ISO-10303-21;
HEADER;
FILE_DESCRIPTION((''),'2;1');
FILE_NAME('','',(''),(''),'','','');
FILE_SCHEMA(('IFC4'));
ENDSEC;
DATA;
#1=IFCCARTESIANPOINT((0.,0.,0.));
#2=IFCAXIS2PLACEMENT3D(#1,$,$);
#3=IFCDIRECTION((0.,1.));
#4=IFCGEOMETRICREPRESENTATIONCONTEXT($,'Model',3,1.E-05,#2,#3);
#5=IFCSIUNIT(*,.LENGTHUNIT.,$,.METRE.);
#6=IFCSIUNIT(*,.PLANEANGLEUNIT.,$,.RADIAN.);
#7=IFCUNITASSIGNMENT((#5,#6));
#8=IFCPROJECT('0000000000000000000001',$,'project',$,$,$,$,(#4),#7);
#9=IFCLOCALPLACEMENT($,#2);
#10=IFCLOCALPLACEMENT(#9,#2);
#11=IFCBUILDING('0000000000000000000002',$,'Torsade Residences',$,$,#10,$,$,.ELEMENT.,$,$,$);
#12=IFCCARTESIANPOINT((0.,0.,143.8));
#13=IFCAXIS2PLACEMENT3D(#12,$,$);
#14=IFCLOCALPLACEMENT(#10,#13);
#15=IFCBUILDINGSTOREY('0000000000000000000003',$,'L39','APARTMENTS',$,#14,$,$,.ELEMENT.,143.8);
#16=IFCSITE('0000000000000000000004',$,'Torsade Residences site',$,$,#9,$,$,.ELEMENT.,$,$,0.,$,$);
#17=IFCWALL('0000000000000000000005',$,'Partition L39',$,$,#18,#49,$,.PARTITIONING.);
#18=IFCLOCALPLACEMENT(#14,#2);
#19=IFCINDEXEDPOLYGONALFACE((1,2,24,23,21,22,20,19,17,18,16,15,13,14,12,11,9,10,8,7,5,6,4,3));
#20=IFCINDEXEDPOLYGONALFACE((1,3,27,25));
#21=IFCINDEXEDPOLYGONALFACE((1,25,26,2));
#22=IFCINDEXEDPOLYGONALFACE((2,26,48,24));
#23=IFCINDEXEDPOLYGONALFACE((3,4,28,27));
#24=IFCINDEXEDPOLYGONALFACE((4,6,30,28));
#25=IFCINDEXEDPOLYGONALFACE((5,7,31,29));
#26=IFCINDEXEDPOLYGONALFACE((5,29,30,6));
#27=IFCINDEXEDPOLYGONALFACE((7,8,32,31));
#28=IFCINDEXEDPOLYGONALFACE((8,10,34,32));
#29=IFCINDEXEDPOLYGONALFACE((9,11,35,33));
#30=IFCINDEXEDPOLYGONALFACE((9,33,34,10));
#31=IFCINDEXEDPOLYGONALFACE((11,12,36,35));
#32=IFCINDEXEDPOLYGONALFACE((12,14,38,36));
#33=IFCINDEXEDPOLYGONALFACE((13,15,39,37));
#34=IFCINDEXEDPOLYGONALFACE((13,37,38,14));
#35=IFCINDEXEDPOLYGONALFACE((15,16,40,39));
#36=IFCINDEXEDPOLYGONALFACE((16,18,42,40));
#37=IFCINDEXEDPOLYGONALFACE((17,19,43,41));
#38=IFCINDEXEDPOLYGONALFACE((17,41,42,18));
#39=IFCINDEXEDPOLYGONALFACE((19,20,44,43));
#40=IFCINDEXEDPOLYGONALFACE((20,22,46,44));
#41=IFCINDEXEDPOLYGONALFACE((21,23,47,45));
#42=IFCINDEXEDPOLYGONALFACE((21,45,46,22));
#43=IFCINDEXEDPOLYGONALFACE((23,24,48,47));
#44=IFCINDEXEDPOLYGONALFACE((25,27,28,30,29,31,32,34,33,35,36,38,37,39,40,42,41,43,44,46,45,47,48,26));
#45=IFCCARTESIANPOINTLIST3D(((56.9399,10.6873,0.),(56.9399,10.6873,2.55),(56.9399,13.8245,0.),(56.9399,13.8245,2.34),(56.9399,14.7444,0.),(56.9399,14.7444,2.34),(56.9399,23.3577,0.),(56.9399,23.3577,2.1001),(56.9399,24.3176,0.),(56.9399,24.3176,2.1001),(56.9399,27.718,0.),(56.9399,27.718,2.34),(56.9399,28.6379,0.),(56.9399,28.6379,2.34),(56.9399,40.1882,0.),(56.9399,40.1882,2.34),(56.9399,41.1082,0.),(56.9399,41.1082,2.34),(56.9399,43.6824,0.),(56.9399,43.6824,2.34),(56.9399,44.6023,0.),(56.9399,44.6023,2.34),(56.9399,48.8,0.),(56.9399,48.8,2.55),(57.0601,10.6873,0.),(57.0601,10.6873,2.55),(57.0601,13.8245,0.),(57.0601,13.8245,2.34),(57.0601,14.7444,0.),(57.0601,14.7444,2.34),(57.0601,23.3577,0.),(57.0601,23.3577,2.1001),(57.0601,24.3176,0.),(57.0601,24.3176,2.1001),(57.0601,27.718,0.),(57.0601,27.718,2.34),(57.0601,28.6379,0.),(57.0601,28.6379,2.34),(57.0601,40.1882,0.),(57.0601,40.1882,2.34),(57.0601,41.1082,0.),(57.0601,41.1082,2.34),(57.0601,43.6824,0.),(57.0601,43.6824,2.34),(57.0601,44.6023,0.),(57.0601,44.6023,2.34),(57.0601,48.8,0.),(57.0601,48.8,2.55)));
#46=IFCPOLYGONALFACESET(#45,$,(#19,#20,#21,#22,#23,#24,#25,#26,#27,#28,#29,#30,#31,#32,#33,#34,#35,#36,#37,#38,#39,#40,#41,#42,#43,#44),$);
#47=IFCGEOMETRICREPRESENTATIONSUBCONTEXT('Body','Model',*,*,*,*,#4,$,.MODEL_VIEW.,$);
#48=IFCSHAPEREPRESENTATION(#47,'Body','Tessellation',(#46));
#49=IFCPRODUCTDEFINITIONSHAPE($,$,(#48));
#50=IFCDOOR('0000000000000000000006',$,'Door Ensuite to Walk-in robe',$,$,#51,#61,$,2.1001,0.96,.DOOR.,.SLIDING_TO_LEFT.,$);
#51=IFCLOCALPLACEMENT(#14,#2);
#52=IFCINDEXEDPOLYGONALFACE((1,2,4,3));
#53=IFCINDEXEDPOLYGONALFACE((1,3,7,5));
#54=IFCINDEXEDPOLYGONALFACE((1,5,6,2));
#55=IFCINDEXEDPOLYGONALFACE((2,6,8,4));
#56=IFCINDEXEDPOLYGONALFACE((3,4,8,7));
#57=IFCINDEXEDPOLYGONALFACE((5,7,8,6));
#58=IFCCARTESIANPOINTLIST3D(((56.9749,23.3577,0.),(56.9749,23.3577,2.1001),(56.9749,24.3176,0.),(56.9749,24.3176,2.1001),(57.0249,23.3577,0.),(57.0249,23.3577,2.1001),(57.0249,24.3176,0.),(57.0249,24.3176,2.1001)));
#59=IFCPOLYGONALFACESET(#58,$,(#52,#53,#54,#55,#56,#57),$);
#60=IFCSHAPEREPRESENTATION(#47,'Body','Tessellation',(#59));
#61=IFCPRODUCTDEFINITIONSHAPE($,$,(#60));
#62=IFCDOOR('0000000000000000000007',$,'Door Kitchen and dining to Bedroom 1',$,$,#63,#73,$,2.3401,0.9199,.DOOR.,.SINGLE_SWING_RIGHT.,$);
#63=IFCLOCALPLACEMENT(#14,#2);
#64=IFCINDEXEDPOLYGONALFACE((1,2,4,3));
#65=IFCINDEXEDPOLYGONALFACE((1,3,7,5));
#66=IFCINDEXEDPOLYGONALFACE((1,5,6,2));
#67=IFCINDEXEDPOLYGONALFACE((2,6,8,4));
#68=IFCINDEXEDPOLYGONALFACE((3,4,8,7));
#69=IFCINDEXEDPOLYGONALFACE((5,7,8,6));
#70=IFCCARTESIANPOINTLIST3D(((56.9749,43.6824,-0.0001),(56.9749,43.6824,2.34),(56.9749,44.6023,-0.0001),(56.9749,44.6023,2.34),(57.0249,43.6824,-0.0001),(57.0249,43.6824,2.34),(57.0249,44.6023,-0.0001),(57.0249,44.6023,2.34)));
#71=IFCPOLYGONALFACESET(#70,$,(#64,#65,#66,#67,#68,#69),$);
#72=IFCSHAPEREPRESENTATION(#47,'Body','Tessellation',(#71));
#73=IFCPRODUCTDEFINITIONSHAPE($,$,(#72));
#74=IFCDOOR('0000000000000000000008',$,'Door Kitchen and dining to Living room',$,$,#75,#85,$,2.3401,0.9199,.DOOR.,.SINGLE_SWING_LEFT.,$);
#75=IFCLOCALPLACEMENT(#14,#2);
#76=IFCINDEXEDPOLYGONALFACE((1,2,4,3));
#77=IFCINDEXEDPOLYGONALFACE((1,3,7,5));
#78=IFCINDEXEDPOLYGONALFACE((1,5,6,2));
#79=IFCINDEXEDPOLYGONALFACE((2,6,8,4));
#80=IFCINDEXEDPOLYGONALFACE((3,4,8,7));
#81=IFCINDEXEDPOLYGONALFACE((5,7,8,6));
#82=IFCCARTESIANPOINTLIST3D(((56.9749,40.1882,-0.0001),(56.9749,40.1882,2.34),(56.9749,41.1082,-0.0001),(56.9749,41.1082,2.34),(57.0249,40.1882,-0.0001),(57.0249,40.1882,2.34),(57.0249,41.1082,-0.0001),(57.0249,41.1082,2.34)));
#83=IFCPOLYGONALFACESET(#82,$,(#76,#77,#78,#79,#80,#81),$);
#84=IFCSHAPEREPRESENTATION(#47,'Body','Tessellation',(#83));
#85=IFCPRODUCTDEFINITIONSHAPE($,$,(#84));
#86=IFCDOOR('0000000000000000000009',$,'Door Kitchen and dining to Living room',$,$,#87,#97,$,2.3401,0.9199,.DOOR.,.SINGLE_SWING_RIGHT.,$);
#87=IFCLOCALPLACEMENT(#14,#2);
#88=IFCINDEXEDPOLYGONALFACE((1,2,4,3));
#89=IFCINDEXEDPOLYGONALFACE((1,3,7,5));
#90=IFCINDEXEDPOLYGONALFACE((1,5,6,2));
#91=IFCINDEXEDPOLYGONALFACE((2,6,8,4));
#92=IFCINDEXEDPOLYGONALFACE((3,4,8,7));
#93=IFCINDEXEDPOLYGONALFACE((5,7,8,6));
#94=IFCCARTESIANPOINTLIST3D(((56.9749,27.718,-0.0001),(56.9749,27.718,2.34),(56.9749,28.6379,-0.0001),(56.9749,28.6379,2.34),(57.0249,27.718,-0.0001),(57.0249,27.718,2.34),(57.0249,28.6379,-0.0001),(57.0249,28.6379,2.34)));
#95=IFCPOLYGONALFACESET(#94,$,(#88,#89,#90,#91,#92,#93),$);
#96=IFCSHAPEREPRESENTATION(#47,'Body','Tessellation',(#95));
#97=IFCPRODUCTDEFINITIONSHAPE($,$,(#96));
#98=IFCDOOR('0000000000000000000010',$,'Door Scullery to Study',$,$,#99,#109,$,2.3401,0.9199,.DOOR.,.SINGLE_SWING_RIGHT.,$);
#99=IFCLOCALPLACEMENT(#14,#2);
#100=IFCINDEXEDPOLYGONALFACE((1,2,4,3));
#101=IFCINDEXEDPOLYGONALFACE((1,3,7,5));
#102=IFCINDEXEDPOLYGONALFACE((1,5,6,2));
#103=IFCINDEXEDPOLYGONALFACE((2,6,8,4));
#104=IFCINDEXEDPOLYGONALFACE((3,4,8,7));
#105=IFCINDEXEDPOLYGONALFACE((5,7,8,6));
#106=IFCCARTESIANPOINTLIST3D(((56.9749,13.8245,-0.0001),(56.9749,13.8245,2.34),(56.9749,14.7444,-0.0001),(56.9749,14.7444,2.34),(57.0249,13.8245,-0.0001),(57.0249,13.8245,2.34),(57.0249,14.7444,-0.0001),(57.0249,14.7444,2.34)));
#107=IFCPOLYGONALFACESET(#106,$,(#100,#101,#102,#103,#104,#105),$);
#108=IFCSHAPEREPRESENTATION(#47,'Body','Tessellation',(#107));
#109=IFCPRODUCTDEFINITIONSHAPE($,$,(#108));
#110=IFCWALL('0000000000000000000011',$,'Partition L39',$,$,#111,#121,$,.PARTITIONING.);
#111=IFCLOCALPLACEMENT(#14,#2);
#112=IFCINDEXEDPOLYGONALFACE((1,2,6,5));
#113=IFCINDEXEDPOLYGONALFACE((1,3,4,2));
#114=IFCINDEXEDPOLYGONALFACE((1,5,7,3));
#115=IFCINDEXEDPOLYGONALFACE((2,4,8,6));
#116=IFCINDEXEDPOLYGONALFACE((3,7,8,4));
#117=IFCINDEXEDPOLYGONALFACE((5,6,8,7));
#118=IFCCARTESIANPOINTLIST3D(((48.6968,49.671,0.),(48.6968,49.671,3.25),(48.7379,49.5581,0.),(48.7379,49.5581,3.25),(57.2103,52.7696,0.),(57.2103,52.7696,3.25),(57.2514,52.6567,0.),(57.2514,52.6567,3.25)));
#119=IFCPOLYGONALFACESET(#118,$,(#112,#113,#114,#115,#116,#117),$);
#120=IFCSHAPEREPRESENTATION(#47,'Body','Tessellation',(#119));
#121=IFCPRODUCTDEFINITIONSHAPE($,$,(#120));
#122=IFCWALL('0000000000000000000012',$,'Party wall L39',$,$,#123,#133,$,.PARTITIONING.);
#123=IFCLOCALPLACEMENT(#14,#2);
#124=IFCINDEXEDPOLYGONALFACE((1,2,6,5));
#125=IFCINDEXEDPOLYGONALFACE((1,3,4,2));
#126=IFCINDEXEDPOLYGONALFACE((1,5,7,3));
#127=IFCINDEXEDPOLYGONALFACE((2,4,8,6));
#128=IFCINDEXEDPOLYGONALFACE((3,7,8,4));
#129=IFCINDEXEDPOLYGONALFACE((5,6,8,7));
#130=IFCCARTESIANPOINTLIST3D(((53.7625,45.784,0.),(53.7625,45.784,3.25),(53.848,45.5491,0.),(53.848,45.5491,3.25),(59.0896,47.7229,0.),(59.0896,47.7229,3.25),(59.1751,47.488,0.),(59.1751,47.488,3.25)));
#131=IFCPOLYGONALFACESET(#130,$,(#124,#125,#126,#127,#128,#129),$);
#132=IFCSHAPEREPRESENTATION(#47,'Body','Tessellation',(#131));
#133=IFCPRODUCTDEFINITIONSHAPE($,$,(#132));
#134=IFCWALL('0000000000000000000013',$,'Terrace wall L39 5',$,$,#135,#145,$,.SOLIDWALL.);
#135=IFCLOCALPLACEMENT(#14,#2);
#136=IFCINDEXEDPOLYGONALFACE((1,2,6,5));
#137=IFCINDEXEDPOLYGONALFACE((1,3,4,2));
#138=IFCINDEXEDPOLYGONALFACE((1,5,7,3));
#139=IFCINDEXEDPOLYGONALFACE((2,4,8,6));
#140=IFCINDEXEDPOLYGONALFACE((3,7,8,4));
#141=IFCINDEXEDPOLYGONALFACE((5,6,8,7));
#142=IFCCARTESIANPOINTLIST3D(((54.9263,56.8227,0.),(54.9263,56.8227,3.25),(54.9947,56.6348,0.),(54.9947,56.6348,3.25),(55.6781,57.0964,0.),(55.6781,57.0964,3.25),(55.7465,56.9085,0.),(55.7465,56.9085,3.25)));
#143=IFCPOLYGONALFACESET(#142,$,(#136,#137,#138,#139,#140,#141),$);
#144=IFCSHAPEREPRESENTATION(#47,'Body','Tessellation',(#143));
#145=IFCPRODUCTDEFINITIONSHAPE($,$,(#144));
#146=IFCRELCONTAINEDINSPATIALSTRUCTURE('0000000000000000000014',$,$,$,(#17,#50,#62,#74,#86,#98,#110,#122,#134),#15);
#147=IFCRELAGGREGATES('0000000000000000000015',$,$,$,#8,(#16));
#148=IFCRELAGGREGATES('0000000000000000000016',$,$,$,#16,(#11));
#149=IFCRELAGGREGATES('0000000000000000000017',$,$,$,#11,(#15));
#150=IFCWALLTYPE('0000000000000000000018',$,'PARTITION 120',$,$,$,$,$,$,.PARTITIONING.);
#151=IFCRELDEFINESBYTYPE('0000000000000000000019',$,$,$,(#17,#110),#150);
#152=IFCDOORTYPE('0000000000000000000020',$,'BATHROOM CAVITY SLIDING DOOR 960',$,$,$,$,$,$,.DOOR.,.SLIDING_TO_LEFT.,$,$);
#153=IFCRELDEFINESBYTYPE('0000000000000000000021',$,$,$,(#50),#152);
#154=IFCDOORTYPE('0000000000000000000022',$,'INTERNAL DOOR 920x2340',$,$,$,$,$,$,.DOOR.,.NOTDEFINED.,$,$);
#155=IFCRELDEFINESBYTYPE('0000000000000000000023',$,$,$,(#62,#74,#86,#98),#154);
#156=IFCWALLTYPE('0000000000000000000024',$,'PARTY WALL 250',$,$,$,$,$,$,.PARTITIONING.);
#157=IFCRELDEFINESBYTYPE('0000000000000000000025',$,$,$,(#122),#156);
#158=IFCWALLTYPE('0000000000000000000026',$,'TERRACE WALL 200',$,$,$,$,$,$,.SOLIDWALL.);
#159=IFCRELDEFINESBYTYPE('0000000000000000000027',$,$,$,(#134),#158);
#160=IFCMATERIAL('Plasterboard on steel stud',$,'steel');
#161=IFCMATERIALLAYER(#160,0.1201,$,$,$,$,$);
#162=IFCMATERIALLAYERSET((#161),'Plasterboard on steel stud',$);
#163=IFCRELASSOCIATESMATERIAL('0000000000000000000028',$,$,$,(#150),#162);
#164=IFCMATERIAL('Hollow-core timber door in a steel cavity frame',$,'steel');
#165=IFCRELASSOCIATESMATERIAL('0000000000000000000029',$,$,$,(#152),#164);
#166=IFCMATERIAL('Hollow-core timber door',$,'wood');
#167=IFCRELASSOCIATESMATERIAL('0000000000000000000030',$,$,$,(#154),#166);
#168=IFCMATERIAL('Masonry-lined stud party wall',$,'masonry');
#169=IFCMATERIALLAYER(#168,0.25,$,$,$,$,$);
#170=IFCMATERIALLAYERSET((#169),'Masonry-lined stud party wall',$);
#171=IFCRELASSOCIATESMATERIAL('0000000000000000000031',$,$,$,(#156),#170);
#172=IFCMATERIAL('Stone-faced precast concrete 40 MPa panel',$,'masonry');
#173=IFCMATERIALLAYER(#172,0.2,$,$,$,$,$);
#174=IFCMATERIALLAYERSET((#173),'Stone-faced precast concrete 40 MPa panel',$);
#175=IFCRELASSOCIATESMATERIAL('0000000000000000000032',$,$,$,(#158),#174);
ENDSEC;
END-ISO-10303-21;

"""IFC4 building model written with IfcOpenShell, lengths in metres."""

from ifc_helpers import new_model, si_unit, direction, frame, frame_2d, origin, place, context, subcontext, project, spatial, rectangle, extrude, material, layer, layer_set, type_object, element, fill, save


model = new_model("IFC4")

# Units and contexts
model_context = context("Model", 3, precision=1e-05, world=origin(), true_north=direction((0.0, 1.0)))
body_context = subcontext(model_context, "Body", "Model", "MODEL_VIEW")
ifc_project = project(units=[si_unit("LENGTHUNIT", "METRE"), si_unit("PLANEANGLEUNIT", "RADIAN")], contexts=[model_context])

# Site, building, storey
site_placement = place(None, origin())
site = spatial("IfcSite", under=ifc_project, at=site_placement, Name="Torsade Residences site", CompositionType="ELEMENT", RefElevation=0.0)
building_placement = place(site_placement, origin())
building = spatial("IfcBuilding", under=site, at=building_placement, Name="Torsade Residences", CompositionType="ELEMENT")
storey_placement = place(building_placement, frame((0.0, 0.0, 143.8)))
storey = spatial("IfcBuildingStorey", under=building, at=storey_placement, Name="L39", Description="APARTMENTS", CompositionType="ELEMENT", Elevation=143.8)

# Wall, openings, doors
ifc_material_1 = material(Name="Plasterboard on steel stud", Category="steel")
ifc_layer_1 = layer(ifc_material_1, 0.1201)
ifc_layer_set_1 = layer_set([ifc_layer_1], Name="Plasterboard on steel stud")
wall_type_1 = type_object("IfcWallType", Name="PARTITION 120", PredefinedType="PARTITIONING", material=ifc_layer_set_1)
wall_1_placement = place(storey_placement, frame((57.0, 48.8, 0.0), z_axis=(0.0, 0.0, 1.0), x_axis=(0.0, -1.0, 0.0)))
wall_1 = element("IfcWall", 1, at=wall_1_placement, inside=storey, type_object=wall_type_1, Name="Partition L39", PredefinedType="PARTITIONING", context=body_context, shape_type="SweptSolid", body=[
    extrude(rectangle(XDim=38.1128, YDim=0.1201, at=frame_2d((19.0564, 0.0))), origin(), (0.0, 0.0, 1.0), 2.55),
])
opening_1_placement = place(wall_1_placement, frame((4.1978, 0.0, 0.0)))
opening_1 = element("IfcOpeningElement", 2, at=opening_1_placement, cuts=wall_1, PredefinedType="OPENING", context=body_context, shape_type="SweptSolid", body=[
    extrude(rectangle(XDim=0.9199, YDim=2.3401, at=frame_2d((0.46, 1.1699))), frame((0.0, 0.0701, 0.0), z_axis=(0.0, -1.0, 0.0), x_axis=(1.0, 0.0, 0.0)), (0.0, 0.0, 1.0), 0.1401),
])
opening_2_placement = place(wall_1_placement, frame((7.6919, 0.0, 0.0)))
opening_2 = element("IfcOpeningElement", 3, at=opening_2_placement, cuts=wall_1, PredefinedType="OPENING", context=body_context, shape_type="SweptSolid", body=[
    extrude(rectangle(XDim=0.9199, YDim=2.3401, at=frame_2d((0.46, 1.1699))), frame((0.0, 0.0701, 0.0), z_axis=(0.0, -1.0, 0.0), x_axis=(1.0, 0.0, 0.0)), (0.0, 0.0, 1.0), 0.1401),
])
opening_3_placement = place(wall_1_placement, frame((20.1621, 0.0, 0.0)))
opening_3 = element("IfcOpeningElement", 4, at=opening_3_placement, cuts=wall_1, PredefinedType="OPENING", context=body_context, shape_type="SweptSolid", body=[
    extrude(rectangle(XDim=0.9199, YDim=2.3401, at=frame_2d((0.46, 1.1699))), frame((0.0, 0.0701, 0.0), z_axis=(0.0, -1.0, 0.0), x_axis=(1.0, 0.0, 0.0)), (0.0, 0.0, 1.0), 0.1401),
])
opening_4_placement = place(wall_1_placement, frame((34.0557, 0.0, 0.0)))
opening_4 = element("IfcOpeningElement", 5, at=opening_4_placement, cuts=wall_1, PredefinedType="OPENING", context=body_context, shape_type="SweptSolid", body=[
    extrude(rectangle(XDim=0.9199, YDim=2.3401, at=frame_2d((0.46, 1.1699))), frame((0.0, 0.0701, 0.0), z_axis=(0.0, -1.0, 0.0), x_axis=(1.0, 0.0, 0.0)), (0.0, 0.0, 1.0), 0.1401),
])
opening_5_placement = place(wall_1_placement, frame((24.4824, 0.0, 0.0)))
opening_5 = element("IfcOpeningElement", 6, at=opening_5_placement, cuts=wall_1, PredefinedType="OPENING", context=body_context, shape_type="SweptSolid", body=[
    extrude(rectangle(XDim=0.96, YDim=2.1001, at=frame_2d((0.48, 1.05))), frame((0.0, 0.0701, 0.0), z_axis=(0.0, -1.0, 0.0), x_axis=(1.0, 0.0, 0.0)), (0.0, 0.0, 1.0), 0.1401),
])
ifc_material_2 = material(Name="Hollow-core timber door in a steel cavity frame", Category="steel")
door_type_1 = type_object("IfcDoorType", Name="BATHROOM CAVITY SLIDING DOOR 960", OperationType="SLIDING_TO_LEFT", PredefinedType="DOOR", material=ifc_material_2)
door_1_placement = place(opening_5_placement, origin())
door_1 = element("IfcDoor", 7, at=door_1_placement, inside=storey, type_object=door_type_1, Name="Door Ensuite to Walk-in robe", OperationType="SLIDING_TO_LEFT", OverallHeight=2.1001, OverallWidth=0.96, PredefinedType="DOOR", context=body_context, shape_type="SweptSolid", body=[
    extrude(rectangle(XDim=0.96, YDim=2.1001, at=frame_2d((0.48, 1.05))), frame((0.0, 0.0249, 0.0), z_axis=(0.0, -1.0, 0.0), x_axis=(1.0, 0.0, 0.0)), (0.0, 0.0, 1.0), 0.05),
])
fill(opening_5, door_1)
ifc_material_3 = material(Name="Hollow-core timber door", Category="wood")
door_type_2 = type_object("IfcDoorType", Name="INTERNAL DOOR 920x2340", OperationType="NOTDEFINED", PredefinedType="DOOR", material=ifc_material_3)
door_2_placement = place(opening_1_placement, origin())
door_2 = element("IfcDoor", 8, at=door_2_placement, inside=storey, type_object=door_type_2, Name="Door Kitchen and dining to Bedroom 1", OperationType="SINGLE_SWING_RIGHT", OverallHeight=2.3401, OverallWidth=0.9199, PredefinedType="DOOR", context=body_context, shape_type="SweptSolid", body=[
    extrude(rectangle(XDim=0.9199, YDim=2.3401, at=frame_2d((0.46, 1.1699))), frame((0.0, 0.0249, 0.0), z_axis=(0.0, -1.0, 0.0), x_axis=(1.0, 0.0, 0.0)), (0.0, 0.0, 1.0), 0.05),
])
fill(opening_1, door_2)
door_3_placement = place(opening_2_placement, origin())
door_3 = element("IfcDoor", 9, at=door_3_placement, inside=storey, type_object=door_type_2, Name="Door Kitchen and dining to Living room", OperationType="SINGLE_SWING_LEFT", OverallHeight=2.3401, OverallWidth=0.9199, PredefinedType="DOOR", context=body_context, shape_type="SweptSolid", body=[
    extrude(rectangle(XDim=0.9199, YDim=2.3401, at=frame_2d((0.46, 1.1699))), frame((0.0, 0.0249, 0.0), z_axis=(0.0, -1.0, 0.0), x_axis=(1.0, 0.0, 0.0)), (0.0, 0.0, 1.0), 0.05),
])
fill(opening_2, door_3)
door_4_placement = place(opening_3_placement, origin())
door_4 = element("IfcDoor", 10, at=door_4_placement, inside=storey, type_object=door_type_2, Name="Door Kitchen and dining to Living room", OperationType="SINGLE_SWING_RIGHT", OverallHeight=2.3401, OverallWidth=0.9199, PredefinedType="DOOR", context=body_context, shape_type="SweptSolid", body=[
    extrude(rectangle(XDim=0.9199, YDim=2.3401, at=frame_2d((0.46, 1.1699))), frame((0.0, 0.0249, 0.0), z_axis=(0.0, -1.0, 0.0), x_axis=(1.0, 0.0, 0.0)), (0.0, 0.0, 1.0), 0.05),
])
fill(opening_3, door_4)
door_5_placement = place(opening_4_placement, origin())
door_5 = element("IfcDoor", 11, at=door_5_placement, inside=storey, type_object=door_type_2, Name="Door Scullery to Study", OperationType="SINGLE_SWING_RIGHT", OverallHeight=2.3401, OverallWidth=0.9199, PredefinedType="DOOR", context=body_context, shape_type="SweptSolid", body=[
    extrude(rectangle(XDim=0.9199, YDim=2.3401, at=frame_2d((0.46, 1.1699))), frame((0.0, 0.0249, 0.0), z_axis=(0.0, -1.0, 0.0), x_axis=(1.0, 0.0, 0.0)), (0.0, 0.0, 1.0), 0.05),
])
fill(opening_4, door_5)

# Walls
wall_2_placement = place(storey_placement, frame((57.2307, 52.7131, 0.0), z_axis=(0.0, 0.0, 1.0), x_axis=(-0.939693, -0.34202, 0.0)))
element("IfcWall", 12, at=wall_2_placement, inside=storey, type_object=wall_type_1, Name="Partition L39", PredefinedType="PARTITIONING", context=body_context, shape_type="SweptSolid", body=[
    extrude(rectangle(XDim=9.0598, YDim=0.1201, at=frame_2d((4.5298, 0.0))), origin(), (0.0, 0.0, 1.0), 3.25),
])
ifc_material_4 = material(Name="Masonry-lined stud party wall", Category="masonry")
ifc_layer_2 = layer(ifc_material_4, 0.25)
ifc_layer_set_2 = layer_set([ifc_layer_2], Name="Masonry-lined stud party wall")
wall_type_2 = type_object("IfcWallType", Name="PARTY WALL 250", PredefinedType="PARTITIONING", material=ifc_layer_set_2)
wall_3_placement = place(storey_placement, frame((59.1323, 47.6055, 0.0), z_axis=(0.0, 0.0, 1.0), x_axis=(-0.93969, -0.342027, 0.0)))
element("IfcWall", 13, at=wall_3_placement, inside=storey, type_object=wall_type_2, Name="Party wall L39", PredefinedType="PARTITIONING", context=body_context, shape_type="SweptSolid", body=[
    extrude(rectangle(XDim=5.6689, YDim=0.25, at=frame_2d((2.8345, 0.0))), origin(), (0.0, 0.0, 1.0), 3.25),
])
ifc_material_5 = material(Name="Stone-faced precast concrete 40 MPa panel", Category="masonry")
ifc_layer_3 = layer(ifc_material_5, 0.2)
ifc_layer_set_3 = layer_set([ifc_layer_3], Name="Stone-faced precast concrete 40 MPa panel")
wall_type_3 = type_object("IfcWallType", Name="TERRACE WALL 200", PredefinedType="SOLIDWALL", material=ifc_layer_set_3)
wall_4_placement = place(storey_placement, frame((55.7122, 57.0024, 0.0), z_axis=(0.0, 0.0, 1.0), x_axis=(-0.93966, -0.342111, 0.0)))
element("IfcWall", 14, at=wall_4_placement, inside=storey, type_object=wall_type_3, Name="Terrace wall L39 5", PredefinedType="SOLIDWALL", context=body_context, shape_type="SweptSolid", body=[
    extrude(rectangle(XDim=0.8, YDim=0.2, at=frame_2d((0.3999, 0.0))), origin(), (0.0, 0.0, 1.0), 3.25),
])

save(model, "model.ifc")
